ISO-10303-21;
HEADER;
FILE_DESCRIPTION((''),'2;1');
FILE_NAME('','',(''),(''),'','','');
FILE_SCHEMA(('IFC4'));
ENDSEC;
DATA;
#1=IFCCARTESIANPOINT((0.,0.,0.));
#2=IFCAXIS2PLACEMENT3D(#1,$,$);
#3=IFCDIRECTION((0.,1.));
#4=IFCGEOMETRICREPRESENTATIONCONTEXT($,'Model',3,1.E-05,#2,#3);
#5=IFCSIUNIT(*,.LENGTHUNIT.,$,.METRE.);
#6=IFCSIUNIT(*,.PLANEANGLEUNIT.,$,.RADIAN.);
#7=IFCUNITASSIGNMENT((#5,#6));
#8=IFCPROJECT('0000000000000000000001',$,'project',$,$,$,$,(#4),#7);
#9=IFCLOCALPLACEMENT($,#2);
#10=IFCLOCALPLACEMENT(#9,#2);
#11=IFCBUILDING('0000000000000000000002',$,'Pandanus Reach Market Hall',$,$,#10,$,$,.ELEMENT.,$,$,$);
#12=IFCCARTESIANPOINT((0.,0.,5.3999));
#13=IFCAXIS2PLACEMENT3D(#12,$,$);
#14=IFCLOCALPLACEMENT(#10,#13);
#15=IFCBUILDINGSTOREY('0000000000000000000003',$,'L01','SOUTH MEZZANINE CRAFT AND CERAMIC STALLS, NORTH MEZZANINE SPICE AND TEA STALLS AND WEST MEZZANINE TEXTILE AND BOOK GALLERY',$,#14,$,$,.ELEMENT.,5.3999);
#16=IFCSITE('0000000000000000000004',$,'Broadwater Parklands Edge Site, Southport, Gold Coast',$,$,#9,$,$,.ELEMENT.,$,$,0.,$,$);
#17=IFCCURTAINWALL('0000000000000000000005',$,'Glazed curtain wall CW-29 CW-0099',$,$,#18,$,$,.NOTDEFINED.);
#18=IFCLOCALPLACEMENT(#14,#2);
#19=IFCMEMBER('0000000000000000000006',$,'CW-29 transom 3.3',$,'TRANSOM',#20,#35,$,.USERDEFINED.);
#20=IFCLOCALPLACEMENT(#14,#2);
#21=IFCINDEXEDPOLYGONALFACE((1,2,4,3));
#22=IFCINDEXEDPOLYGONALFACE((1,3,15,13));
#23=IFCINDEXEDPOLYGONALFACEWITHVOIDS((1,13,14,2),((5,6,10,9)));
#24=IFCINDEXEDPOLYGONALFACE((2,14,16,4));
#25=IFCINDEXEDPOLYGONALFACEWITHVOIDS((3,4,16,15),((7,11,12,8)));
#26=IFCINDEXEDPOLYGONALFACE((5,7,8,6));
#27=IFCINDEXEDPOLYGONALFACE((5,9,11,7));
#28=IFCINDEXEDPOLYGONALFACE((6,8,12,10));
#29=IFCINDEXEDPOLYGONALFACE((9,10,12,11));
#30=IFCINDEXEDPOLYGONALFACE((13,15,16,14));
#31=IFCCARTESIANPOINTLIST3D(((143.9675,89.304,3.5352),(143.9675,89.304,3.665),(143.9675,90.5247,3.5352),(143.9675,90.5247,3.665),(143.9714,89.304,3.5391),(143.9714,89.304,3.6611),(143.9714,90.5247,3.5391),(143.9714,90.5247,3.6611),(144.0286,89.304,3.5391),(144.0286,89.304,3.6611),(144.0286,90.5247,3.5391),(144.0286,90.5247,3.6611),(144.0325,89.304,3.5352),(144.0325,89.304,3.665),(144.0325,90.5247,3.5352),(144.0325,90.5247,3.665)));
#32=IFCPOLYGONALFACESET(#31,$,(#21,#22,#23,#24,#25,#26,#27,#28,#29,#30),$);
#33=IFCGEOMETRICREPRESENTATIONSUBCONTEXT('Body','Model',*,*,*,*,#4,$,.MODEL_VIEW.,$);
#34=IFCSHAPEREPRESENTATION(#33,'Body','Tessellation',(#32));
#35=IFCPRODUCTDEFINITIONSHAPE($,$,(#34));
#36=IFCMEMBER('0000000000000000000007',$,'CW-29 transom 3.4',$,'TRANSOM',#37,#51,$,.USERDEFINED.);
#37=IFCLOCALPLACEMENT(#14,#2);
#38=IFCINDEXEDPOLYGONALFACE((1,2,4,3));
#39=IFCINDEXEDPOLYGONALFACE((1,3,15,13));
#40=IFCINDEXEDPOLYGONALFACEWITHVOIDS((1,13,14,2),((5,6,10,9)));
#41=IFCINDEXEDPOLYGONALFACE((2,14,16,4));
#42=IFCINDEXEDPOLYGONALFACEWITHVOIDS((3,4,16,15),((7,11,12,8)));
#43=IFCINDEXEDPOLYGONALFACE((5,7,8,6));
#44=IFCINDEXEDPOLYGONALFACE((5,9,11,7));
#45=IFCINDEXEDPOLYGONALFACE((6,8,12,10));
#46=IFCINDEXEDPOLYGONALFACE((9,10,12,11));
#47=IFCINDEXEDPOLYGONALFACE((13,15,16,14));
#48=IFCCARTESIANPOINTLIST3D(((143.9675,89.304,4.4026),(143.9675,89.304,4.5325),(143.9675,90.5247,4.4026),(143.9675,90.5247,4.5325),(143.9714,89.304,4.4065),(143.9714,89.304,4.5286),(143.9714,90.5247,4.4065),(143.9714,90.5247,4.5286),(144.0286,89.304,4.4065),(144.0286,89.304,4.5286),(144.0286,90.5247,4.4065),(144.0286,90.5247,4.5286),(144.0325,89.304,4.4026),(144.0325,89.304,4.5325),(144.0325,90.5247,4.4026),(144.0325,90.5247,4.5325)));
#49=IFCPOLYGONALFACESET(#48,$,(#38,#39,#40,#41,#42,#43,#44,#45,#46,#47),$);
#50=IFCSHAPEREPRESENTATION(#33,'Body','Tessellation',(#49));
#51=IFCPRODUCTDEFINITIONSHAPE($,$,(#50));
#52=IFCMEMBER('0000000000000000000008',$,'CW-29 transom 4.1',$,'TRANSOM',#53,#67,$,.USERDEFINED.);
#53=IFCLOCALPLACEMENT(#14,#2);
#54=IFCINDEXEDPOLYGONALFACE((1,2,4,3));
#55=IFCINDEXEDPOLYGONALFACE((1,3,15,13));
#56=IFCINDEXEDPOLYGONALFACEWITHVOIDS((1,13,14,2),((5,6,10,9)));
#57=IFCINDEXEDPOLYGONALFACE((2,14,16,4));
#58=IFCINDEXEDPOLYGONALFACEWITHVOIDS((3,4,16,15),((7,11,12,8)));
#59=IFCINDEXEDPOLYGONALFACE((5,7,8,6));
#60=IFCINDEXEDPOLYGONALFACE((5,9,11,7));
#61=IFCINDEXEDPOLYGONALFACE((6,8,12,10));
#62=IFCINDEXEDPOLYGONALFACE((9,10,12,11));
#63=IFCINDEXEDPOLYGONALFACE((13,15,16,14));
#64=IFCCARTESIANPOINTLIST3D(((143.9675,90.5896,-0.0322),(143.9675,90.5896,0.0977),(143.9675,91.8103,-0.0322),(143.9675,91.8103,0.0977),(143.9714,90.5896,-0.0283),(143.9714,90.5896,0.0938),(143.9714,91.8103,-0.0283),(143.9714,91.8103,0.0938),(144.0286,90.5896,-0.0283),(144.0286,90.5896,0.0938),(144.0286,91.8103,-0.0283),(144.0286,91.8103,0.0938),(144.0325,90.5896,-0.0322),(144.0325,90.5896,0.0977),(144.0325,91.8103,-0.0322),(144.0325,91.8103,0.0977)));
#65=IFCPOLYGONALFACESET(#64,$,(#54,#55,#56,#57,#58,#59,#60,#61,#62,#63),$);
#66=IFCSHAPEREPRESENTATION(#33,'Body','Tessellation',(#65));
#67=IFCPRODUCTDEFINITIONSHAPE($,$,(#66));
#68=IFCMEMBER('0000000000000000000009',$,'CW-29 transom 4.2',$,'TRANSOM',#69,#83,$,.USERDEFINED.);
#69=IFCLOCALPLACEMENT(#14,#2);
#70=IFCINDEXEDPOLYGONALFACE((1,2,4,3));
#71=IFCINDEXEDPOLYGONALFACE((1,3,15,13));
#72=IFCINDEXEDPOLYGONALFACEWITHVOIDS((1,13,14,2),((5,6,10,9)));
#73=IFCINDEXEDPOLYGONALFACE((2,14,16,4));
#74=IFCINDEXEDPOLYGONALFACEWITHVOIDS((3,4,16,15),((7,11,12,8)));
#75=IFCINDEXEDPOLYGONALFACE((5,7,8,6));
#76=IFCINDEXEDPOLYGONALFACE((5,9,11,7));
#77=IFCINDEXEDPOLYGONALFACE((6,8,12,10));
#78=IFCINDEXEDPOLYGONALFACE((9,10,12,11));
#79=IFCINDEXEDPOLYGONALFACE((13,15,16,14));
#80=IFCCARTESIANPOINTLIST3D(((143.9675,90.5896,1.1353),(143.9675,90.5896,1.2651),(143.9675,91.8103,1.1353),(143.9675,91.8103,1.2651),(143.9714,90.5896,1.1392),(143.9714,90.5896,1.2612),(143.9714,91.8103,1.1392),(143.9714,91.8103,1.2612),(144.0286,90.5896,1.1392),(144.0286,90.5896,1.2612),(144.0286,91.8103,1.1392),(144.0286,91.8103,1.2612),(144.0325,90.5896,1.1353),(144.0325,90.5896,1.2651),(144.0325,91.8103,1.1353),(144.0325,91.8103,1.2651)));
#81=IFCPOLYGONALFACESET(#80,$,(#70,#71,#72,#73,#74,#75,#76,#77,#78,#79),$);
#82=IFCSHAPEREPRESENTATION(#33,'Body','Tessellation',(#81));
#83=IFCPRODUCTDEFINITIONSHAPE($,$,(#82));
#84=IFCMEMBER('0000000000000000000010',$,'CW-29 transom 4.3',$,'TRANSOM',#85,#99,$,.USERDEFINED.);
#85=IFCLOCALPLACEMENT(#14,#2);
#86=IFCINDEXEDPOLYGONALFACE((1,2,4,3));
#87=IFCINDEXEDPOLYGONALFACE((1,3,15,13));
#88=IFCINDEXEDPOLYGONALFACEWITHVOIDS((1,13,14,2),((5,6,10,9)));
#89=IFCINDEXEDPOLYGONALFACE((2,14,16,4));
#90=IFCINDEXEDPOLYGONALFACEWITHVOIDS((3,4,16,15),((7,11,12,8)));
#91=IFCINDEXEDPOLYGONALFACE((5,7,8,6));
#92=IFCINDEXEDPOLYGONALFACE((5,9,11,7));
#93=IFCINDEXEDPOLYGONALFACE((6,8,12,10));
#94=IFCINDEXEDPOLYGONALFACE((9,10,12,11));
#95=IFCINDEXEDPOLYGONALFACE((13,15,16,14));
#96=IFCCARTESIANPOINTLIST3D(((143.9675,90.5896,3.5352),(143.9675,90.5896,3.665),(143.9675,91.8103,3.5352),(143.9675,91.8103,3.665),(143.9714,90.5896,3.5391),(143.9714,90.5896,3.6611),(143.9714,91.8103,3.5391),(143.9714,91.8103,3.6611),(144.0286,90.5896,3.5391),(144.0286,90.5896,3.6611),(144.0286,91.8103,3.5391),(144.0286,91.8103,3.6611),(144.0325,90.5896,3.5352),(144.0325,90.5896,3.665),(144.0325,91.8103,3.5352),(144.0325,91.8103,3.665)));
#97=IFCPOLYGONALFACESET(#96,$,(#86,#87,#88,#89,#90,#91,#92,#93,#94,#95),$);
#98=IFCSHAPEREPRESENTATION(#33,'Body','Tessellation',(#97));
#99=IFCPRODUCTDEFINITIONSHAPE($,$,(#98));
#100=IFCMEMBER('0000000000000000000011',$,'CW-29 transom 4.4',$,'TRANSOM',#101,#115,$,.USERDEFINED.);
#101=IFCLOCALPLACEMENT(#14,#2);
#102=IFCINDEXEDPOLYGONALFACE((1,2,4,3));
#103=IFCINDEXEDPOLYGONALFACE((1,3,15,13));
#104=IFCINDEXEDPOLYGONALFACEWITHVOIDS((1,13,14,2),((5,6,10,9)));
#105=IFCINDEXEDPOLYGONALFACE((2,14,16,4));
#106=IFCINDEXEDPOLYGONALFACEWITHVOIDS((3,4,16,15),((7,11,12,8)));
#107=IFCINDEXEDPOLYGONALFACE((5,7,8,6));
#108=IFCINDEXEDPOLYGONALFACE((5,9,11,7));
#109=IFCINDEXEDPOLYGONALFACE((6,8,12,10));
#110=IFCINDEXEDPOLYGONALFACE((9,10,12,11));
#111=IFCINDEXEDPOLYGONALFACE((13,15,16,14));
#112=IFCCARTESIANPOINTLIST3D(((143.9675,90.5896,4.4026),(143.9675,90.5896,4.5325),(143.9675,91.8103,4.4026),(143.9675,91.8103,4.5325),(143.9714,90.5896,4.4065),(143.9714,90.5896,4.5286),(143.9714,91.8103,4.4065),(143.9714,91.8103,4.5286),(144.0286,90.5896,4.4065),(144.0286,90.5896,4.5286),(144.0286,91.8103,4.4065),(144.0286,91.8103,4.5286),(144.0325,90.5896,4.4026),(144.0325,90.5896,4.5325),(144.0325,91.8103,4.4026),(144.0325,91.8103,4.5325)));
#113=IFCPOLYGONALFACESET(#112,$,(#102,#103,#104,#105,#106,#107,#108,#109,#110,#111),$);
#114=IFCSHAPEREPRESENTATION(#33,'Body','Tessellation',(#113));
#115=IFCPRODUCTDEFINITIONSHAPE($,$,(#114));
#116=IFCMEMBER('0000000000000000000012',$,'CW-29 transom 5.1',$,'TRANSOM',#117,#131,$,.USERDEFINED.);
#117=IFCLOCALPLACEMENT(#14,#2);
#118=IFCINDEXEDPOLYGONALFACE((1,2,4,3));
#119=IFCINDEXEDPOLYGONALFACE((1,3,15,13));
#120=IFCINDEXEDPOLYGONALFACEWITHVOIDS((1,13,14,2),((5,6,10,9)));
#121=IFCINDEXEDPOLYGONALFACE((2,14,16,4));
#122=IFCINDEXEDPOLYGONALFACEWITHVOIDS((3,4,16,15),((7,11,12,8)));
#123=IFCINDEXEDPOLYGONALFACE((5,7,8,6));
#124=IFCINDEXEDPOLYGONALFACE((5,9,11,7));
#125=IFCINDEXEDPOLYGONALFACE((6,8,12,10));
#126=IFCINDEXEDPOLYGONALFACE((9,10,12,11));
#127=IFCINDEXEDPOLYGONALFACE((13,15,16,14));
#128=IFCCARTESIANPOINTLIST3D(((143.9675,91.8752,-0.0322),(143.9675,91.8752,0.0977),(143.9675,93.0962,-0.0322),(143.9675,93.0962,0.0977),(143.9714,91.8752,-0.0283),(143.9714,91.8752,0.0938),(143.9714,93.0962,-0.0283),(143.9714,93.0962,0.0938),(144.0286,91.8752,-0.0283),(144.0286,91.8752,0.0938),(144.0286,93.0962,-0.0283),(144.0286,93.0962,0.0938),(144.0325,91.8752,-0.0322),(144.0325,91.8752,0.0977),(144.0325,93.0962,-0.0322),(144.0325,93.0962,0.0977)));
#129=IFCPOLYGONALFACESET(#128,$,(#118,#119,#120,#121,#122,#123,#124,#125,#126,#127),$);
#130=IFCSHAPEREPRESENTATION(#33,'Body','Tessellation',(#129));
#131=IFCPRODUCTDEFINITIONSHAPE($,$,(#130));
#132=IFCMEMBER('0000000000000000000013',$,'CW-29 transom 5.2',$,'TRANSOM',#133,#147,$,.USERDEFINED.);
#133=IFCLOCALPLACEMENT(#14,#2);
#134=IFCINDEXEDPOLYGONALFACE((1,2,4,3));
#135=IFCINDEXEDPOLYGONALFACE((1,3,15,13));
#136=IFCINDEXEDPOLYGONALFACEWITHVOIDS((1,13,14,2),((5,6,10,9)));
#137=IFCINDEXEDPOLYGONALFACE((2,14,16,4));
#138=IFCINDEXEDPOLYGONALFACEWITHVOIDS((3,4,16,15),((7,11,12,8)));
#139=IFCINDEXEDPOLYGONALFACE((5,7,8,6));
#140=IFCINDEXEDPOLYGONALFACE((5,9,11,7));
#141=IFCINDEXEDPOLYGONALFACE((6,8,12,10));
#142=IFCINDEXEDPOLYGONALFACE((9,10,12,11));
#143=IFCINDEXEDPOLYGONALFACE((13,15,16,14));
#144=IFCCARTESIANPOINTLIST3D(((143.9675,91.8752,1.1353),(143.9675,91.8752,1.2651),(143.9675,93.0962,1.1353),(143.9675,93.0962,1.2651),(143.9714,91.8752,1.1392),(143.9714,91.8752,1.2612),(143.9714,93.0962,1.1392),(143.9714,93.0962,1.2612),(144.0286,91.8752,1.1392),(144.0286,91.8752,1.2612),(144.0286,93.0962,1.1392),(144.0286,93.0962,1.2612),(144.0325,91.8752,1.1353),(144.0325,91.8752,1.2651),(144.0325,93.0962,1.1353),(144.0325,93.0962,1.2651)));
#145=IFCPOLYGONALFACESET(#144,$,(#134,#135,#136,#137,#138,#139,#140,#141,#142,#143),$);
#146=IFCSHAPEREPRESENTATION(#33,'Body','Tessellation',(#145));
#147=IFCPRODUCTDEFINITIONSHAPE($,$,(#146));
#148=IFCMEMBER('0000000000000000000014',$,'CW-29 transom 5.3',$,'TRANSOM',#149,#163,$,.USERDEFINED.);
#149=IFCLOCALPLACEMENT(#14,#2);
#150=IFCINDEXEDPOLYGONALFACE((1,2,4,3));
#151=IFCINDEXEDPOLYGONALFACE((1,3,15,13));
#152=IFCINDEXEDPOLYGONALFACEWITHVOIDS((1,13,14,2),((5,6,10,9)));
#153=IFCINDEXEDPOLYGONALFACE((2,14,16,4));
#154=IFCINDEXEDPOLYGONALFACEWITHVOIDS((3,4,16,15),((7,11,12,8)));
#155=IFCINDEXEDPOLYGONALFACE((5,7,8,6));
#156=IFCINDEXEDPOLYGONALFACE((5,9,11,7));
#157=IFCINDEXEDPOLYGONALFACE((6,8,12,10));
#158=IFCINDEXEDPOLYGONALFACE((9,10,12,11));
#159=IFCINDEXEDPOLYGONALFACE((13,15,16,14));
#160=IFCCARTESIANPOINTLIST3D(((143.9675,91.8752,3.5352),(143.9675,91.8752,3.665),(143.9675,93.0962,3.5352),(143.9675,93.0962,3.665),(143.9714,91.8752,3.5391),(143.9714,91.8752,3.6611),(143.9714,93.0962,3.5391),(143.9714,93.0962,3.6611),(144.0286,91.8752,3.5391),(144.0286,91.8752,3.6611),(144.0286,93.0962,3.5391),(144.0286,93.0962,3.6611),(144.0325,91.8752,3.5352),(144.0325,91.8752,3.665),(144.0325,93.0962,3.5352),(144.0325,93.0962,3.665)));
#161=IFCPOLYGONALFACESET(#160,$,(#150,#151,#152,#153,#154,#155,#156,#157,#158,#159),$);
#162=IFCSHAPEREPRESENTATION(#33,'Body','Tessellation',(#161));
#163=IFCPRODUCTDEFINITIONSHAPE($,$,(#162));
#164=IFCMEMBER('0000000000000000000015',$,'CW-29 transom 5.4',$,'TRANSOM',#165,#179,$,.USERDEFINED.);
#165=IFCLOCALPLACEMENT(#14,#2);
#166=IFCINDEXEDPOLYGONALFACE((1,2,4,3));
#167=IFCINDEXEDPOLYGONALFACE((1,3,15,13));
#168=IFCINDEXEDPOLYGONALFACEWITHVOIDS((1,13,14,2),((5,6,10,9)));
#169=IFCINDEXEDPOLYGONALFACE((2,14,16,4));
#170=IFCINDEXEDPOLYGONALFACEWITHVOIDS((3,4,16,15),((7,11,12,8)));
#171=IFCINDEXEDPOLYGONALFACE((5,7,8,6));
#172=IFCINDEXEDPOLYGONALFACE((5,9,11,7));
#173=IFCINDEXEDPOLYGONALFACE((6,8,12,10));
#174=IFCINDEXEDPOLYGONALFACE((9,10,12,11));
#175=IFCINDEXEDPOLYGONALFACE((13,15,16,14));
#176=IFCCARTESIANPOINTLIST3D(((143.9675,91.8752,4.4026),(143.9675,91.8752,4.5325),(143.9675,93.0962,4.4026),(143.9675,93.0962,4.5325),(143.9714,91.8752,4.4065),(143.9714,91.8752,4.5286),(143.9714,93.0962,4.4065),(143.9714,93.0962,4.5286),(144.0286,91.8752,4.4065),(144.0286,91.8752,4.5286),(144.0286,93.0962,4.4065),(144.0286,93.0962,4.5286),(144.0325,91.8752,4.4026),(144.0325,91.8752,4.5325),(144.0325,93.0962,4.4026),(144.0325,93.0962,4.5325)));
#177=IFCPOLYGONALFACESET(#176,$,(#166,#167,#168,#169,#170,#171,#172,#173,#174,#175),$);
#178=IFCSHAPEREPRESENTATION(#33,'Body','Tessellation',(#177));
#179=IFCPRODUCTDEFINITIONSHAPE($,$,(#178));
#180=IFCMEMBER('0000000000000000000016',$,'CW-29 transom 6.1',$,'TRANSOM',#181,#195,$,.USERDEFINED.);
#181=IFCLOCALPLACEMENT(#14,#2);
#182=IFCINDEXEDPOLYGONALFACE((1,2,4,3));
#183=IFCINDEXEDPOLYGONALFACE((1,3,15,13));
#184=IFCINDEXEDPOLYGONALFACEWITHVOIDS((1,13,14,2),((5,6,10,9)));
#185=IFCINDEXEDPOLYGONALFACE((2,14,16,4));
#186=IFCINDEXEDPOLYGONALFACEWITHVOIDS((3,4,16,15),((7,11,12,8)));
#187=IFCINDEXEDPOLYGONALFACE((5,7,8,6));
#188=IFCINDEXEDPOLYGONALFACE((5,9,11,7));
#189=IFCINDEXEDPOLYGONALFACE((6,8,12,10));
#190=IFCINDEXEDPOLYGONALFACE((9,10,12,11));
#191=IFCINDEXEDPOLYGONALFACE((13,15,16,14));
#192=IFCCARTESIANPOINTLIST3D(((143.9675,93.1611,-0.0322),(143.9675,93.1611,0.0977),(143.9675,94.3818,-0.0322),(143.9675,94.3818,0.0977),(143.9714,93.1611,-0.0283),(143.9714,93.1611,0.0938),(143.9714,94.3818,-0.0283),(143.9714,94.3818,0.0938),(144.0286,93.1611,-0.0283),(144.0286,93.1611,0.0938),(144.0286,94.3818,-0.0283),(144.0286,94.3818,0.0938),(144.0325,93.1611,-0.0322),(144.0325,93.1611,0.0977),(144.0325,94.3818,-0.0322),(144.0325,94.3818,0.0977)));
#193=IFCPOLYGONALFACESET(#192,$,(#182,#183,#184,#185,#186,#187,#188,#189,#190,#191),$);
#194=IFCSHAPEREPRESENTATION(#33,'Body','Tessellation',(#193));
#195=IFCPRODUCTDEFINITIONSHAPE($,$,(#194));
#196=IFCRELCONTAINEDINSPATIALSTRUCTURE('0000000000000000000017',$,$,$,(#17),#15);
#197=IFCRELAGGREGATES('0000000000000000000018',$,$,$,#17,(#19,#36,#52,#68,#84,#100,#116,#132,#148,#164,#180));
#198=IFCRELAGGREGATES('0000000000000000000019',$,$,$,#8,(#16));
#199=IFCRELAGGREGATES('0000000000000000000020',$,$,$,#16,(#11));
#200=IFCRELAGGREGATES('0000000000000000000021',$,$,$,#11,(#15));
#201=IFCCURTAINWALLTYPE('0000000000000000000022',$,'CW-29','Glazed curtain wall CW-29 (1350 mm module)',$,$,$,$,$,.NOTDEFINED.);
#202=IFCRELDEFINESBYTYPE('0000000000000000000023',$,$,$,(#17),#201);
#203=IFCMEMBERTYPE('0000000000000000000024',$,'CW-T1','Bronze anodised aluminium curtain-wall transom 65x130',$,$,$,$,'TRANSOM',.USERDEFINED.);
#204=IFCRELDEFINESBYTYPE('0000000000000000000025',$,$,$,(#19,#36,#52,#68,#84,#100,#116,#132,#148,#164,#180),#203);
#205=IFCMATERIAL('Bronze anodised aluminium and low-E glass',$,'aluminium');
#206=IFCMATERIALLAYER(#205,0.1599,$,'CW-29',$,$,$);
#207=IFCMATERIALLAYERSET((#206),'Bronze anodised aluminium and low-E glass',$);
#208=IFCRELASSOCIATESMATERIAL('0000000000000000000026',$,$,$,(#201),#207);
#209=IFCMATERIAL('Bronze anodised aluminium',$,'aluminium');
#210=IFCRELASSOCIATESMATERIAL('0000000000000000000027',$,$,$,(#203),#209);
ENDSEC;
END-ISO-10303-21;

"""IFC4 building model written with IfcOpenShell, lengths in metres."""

from ifc_helpers import new_model, si_unit, direction, frame, origin, origin_2d, place, context, subcontext, project, spatial, hollow_rectangle, extrude, material, layer, layer_set, material_profile, profile_set, type_object, element, aggregate, save


model = new_model("IFC4")

# Units and contexts
model_context = context("Model", 3, precision=1e-05, world=origin(), true_north=direction((0.0, 1.0)))
body_context = subcontext(model_context, "Body", "Model", "MODEL_VIEW")
ifc_project = project(units=[si_unit("LENGTHUNIT", "METRE"), si_unit("PLANEANGLEUNIT", "RADIAN")], contexts=[model_context])

# Site, building, storey
site_placement = place(None, origin())
site = spatial("IfcSite", under=ifc_project, at=site_placement, Name="Broadwater Parklands Edge Site, Southport, Gold Coast", CompositionType="ELEMENT", RefElevation=0.0)
building_placement = place(site_placement, origin())
building = spatial("IfcBuilding", under=site, at=building_placement, Name="Pandanus Reach Market Hall", CompositionType="ELEMENT")
storey_placement = place(building_placement, frame((0.0, 0.0, 5.3999)))
storey = spatial("IfcBuildingStorey", under=building, at=storey_placement, Name="L01", Description="SOUTH MEZZANINE CRAFT AND CERAMIC STALLS, NORTH MEZZANINE SPICE AND TEA STALLS AND WEST MEZZANINE TEXTILE AND BOOK GALLERY", CompositionType="ELEMENT", Elevation=5.3999)

# Curtain wall, members
ifc_material_1 = material(Name="Bronze anodised aluminium and low-E glass", Category="aluminium")
ifc_layer_1 = layer(ifc_material_1, 0.1599, Name="CW-29")
ifc_layer_set_1 = layer_set([ifc_layer_1], Name="Bronze anodised aluminium and low-E glass")
curtain_wall_type = type_object("IfcCurtainWallType", Name="CW-29", Description="Glazed curtain wall CW-29 (1350 mm module)", PredefinedType="NOTDEFINED", material=ifc_layer_set_1)
curtain_wall_placement = place(storey_placement, origin())
curtain_wall = element("IfcCurtainWall", 1, at=curtain_wall_placement, inside=storey, type_object=curtain_wall_type, Name="Glazed curtain wall CW-29 CW-0099", PredefinedType="NOTDEFINED")
ifc_material_2 = material(Name="Bronze anodised aluminium", Category="aluminium")
ifc_material_profile_1 = material_profile(ifc_material_2, hollow_rectangle(XDim=0.0649, YDim=0.1299, WallThickness=0.0039, at=origin_2d()), Name="ALU65x130", Category="LoadBearing")
ifc_profile_set_1 = profile_set([ifc_material_profile_1], Name="Bronze anodised aluminium")
member_type_1 = type_object("IfcMemberType", Name="CW-T1", Description="Bronze anodised aluminium curtain-wall transom 65x130", ElementType="TRANSOM", PredefinedType="USERDEFINED", material=ifc_profile_set_1)
member_1_placement = place(storey_placement, frame((144.0, 89.304, 3.6001), z_axis=(0.0, 1.0, 0.0), x_axis=(-1.0, 0.0, 0.0)))
member_1 = element("IfcMember", 2, at=member_1_placement, type_object=member_type_1, Name="CW-29 transom 3.3", ObjectType="TRANSOM", PredefinedType="USERDEFINED", context=body_context, shape_type="SweptSolid", body=[
    extrude(hollow_rectangle(XDim=0.0649, YDim=0.1299, WallThickness=0.0039, at=origin_2d()), origin(), (0.0, 0.0, 1.0), 1.2207),
])
member_2_placement = place(storey_placement, frame((144.0, 89.304, 4.4675), z_axis=(0.0, 1.0, 0.0), x_axis=(-1.0, 0.0, 0.0)))
member_2 = element("IfcMember", 3, at=member_2_placement, type_object=member_type_1, Name="CW-29 transom 3.4", ObjectType="TRANSOM", PredefinedType="USERDEFINED", context=body_context, shape_type="SweptSolid", body=[
    extrude(hollow_rectangle(XDim=0.0649, YDim=0.1299, WallThickness=0.0039, at=origin_2d()), origin(), (0.0, 0.0, 1.0), 1.2207),
])
member_3_placement = place(storey_placement, frame((144.0, 90.5896, 0.0327), z_axis=(0.0, 1.0, 0.0), x_axis=(-1.0, 0.0, 0.0)))
member_3 = element("IfcMember", 4, at=member_3_placement, type_object=member_type_1, Name="CW-29 transom 4.1", ObjectType="TRANSOM", PredefinedType="USERDEFINED", context=body_context, shape_type="SweptSolid", body=[
    extrude(hollow_rectangle(XDim=0.0649, YDim=0.1299, WallThickness=0.0039, at=origin_2d()), origin(), (0.0, 0.0, 1.0), 1.2207),
])
member_4_placement = place(storey_placement, frame((144.0, 90.5896, 1.2002), z_axis=(0.0, 1.0, 0.0), x_axis=(-1.0, 0.0, 0.0)))
member_4 = element("IfcMember", 5, at=member_4_placement, type_object=member_type_1, Name="CW-29 transom 4.2", ObjectType="TRANSOM", PredefinedType="USERDEFINED", context=body_context, shape_type="SweptSolid", body=[
    extrude(hollow_rectangle(XDim=0.0649, YDim=0.1299, WallThickness=0.0039, at=origin_2d()), origin(), (0.0, 0.0, 1.0), 1.2207),
])
member_5_placement = place(storey_placement, frame((144.0, 90.5896, 3.6001), z_axis=(0.0, 1.0, 0.0), x_axis=(-1.0, 0.0, 0.0)))
member_5 = element("IfcMember", 6, at=member_5_placement, type_object=member_type_1, Name="CW-29 transom 4.3", ObjectType="TRANSOM", PredefinedType="USERDEFINED", context=body_context, shape_type="SweptSolid", body=[
    extrude(hollow_rectangle(XDim=0.0649, YDim=0.1299, WallThickness=0.0039, at=origin_2d()), origin(), (0.0, 0.0, 1.0), 1.2207),
])
member_6_placement = place(storey_placement, frame((144.0, 90.5896, 4.4675), z_axis=(0.0, 1.0, 0.0), x_axis=(-1.0, 0.0, 0.0)))
member_6 = element("IfcMember", 7, at=member_6_placement, type_object=member_type_1, Name="CW-29 transom 4.4", ObjectType="TRANSOM", PredefinedType="USERDEFINED", context=body_context, shape_type="SweptSolid", body=[
    extrude(hollow_rectangle(XDim=0.0649, YDim=0.1299, WallThickness=0.0039, at=origin_2d()), origin(), (0.0, 0.0, 1.0), 1.2207),
])
member_7_placement = place(storey_placement, frame((144.0, 91.8752, 0.0327), z_axis=(0.0, 1.0, 0.0), x_axis=(-1.0, 0.0, 0.0)))
member_7 = element("IfcMember", 8, at=member_7_placement, type_object=member_type_1, Name="CW-29 transom 5.1", ObjectType="TRANSOM", PredefinedType="USERDEFINED", context=body_context, shape_type="SweptSolid", body=[
    extrude(hollow_rectangle(XDim=0.0649, YDim=0.1299, WallThickness=0.0039, at=origin_2d()), origin(), (0.0, 0.0, 1.0), 1.2209),
])
member_8_placement = place(storey_placement, frame((144.0, 91.8752, 1.2002), z_axis=(0.0, 1.0, 0.0), x_axis=(-1.0, 0.0, 0.0)))
member_8 = element("IfcMember", 9, at=member_8_placement, type_object=member_type_1, Name="CW-29 transom 5.2", ObjectType="TRANSOM", PredefinedType="USERDEFINED", context=body_context, shape_type="SweptSolid", body=[
    extrude(hollow_rectangle(XDim=0.0649, YDim=0.1299, WallThickness=0.0039, at=origin_2d()), origin(), (0.0, 0.0, 1.0), 1.2209),
])
member_9_placement = place(storey_placement, frame((144.0, 91.8752, 3.6001), z_axis=(0.0, 1.0, 0.0), x_axis=(-1.0, 0.0, 0.0)))
member_9 = element("IfcMember", 10, at=member_9_placement, type_object=member_type_1, Name="CW-29 transom 5.3", ObjectType="TRANSOM", PredefinedType="USERDEFINED", context=body_context, shape_type="SweptSolid", body=[
    extrude(hollow_rectangle(XDim=0.0649, YDim=0.1299, WallThickness=0.0039, at=origin_2d()), origin(), (0.0, 0.0, 1.0), 1.2209),
])
member_10_placement = place(storey_placement, frame((144.0, 91.8752, 4.4675), z_axis=(0.0, 1.0, 0.0), x_axis=(-1.0, 0.0, 0.0)))
member_10 = element("IfcMember", 11, at=member_10_placement, type_object=member_type_1, Name="CW-29 transom 5.4", ObjectType="TRANSOM", PredefinedType="USERDEFINED", context=body_context, shape_type="SweptSolid", body=[
    extrude(hollow_rectangle(XDim=0.0649, YDim=0.1299, WallThickness=0.0039, at=origin_2d()), origin(), (0.0, 0.0, 1.0), 1.2209),
])
member_11_placement = place(storey_placement, frame((144.0, 93.1611, 0.0327), z_axis=(0.0, 1.0, 0.0), x_axis=(-1.0, 0.0, 0.0)))
member_11 = element("IfcMember", 12, at=member_11_placement, type_object=member_type_1, Name="CW-29 transom 6.1", ObjectType="TRANSOM", PredefinedType="USERDEFINED", context=body_context, shape_type="SweptSolid", body=[
    extrude(hollow_rectangle(XDim=0.0649, YDim=0.1299, WallThickness=0.0039, at=origin_2d()), origin(), (0.0, 0.0, 1.0), 1.2207),
])
aggregate(curtain_wall, [member_1, member_2, member_3, member_4, member_5, member_6, member_7, member_8, member_9, member_10, member_11])

save(model, "model.ifc")
